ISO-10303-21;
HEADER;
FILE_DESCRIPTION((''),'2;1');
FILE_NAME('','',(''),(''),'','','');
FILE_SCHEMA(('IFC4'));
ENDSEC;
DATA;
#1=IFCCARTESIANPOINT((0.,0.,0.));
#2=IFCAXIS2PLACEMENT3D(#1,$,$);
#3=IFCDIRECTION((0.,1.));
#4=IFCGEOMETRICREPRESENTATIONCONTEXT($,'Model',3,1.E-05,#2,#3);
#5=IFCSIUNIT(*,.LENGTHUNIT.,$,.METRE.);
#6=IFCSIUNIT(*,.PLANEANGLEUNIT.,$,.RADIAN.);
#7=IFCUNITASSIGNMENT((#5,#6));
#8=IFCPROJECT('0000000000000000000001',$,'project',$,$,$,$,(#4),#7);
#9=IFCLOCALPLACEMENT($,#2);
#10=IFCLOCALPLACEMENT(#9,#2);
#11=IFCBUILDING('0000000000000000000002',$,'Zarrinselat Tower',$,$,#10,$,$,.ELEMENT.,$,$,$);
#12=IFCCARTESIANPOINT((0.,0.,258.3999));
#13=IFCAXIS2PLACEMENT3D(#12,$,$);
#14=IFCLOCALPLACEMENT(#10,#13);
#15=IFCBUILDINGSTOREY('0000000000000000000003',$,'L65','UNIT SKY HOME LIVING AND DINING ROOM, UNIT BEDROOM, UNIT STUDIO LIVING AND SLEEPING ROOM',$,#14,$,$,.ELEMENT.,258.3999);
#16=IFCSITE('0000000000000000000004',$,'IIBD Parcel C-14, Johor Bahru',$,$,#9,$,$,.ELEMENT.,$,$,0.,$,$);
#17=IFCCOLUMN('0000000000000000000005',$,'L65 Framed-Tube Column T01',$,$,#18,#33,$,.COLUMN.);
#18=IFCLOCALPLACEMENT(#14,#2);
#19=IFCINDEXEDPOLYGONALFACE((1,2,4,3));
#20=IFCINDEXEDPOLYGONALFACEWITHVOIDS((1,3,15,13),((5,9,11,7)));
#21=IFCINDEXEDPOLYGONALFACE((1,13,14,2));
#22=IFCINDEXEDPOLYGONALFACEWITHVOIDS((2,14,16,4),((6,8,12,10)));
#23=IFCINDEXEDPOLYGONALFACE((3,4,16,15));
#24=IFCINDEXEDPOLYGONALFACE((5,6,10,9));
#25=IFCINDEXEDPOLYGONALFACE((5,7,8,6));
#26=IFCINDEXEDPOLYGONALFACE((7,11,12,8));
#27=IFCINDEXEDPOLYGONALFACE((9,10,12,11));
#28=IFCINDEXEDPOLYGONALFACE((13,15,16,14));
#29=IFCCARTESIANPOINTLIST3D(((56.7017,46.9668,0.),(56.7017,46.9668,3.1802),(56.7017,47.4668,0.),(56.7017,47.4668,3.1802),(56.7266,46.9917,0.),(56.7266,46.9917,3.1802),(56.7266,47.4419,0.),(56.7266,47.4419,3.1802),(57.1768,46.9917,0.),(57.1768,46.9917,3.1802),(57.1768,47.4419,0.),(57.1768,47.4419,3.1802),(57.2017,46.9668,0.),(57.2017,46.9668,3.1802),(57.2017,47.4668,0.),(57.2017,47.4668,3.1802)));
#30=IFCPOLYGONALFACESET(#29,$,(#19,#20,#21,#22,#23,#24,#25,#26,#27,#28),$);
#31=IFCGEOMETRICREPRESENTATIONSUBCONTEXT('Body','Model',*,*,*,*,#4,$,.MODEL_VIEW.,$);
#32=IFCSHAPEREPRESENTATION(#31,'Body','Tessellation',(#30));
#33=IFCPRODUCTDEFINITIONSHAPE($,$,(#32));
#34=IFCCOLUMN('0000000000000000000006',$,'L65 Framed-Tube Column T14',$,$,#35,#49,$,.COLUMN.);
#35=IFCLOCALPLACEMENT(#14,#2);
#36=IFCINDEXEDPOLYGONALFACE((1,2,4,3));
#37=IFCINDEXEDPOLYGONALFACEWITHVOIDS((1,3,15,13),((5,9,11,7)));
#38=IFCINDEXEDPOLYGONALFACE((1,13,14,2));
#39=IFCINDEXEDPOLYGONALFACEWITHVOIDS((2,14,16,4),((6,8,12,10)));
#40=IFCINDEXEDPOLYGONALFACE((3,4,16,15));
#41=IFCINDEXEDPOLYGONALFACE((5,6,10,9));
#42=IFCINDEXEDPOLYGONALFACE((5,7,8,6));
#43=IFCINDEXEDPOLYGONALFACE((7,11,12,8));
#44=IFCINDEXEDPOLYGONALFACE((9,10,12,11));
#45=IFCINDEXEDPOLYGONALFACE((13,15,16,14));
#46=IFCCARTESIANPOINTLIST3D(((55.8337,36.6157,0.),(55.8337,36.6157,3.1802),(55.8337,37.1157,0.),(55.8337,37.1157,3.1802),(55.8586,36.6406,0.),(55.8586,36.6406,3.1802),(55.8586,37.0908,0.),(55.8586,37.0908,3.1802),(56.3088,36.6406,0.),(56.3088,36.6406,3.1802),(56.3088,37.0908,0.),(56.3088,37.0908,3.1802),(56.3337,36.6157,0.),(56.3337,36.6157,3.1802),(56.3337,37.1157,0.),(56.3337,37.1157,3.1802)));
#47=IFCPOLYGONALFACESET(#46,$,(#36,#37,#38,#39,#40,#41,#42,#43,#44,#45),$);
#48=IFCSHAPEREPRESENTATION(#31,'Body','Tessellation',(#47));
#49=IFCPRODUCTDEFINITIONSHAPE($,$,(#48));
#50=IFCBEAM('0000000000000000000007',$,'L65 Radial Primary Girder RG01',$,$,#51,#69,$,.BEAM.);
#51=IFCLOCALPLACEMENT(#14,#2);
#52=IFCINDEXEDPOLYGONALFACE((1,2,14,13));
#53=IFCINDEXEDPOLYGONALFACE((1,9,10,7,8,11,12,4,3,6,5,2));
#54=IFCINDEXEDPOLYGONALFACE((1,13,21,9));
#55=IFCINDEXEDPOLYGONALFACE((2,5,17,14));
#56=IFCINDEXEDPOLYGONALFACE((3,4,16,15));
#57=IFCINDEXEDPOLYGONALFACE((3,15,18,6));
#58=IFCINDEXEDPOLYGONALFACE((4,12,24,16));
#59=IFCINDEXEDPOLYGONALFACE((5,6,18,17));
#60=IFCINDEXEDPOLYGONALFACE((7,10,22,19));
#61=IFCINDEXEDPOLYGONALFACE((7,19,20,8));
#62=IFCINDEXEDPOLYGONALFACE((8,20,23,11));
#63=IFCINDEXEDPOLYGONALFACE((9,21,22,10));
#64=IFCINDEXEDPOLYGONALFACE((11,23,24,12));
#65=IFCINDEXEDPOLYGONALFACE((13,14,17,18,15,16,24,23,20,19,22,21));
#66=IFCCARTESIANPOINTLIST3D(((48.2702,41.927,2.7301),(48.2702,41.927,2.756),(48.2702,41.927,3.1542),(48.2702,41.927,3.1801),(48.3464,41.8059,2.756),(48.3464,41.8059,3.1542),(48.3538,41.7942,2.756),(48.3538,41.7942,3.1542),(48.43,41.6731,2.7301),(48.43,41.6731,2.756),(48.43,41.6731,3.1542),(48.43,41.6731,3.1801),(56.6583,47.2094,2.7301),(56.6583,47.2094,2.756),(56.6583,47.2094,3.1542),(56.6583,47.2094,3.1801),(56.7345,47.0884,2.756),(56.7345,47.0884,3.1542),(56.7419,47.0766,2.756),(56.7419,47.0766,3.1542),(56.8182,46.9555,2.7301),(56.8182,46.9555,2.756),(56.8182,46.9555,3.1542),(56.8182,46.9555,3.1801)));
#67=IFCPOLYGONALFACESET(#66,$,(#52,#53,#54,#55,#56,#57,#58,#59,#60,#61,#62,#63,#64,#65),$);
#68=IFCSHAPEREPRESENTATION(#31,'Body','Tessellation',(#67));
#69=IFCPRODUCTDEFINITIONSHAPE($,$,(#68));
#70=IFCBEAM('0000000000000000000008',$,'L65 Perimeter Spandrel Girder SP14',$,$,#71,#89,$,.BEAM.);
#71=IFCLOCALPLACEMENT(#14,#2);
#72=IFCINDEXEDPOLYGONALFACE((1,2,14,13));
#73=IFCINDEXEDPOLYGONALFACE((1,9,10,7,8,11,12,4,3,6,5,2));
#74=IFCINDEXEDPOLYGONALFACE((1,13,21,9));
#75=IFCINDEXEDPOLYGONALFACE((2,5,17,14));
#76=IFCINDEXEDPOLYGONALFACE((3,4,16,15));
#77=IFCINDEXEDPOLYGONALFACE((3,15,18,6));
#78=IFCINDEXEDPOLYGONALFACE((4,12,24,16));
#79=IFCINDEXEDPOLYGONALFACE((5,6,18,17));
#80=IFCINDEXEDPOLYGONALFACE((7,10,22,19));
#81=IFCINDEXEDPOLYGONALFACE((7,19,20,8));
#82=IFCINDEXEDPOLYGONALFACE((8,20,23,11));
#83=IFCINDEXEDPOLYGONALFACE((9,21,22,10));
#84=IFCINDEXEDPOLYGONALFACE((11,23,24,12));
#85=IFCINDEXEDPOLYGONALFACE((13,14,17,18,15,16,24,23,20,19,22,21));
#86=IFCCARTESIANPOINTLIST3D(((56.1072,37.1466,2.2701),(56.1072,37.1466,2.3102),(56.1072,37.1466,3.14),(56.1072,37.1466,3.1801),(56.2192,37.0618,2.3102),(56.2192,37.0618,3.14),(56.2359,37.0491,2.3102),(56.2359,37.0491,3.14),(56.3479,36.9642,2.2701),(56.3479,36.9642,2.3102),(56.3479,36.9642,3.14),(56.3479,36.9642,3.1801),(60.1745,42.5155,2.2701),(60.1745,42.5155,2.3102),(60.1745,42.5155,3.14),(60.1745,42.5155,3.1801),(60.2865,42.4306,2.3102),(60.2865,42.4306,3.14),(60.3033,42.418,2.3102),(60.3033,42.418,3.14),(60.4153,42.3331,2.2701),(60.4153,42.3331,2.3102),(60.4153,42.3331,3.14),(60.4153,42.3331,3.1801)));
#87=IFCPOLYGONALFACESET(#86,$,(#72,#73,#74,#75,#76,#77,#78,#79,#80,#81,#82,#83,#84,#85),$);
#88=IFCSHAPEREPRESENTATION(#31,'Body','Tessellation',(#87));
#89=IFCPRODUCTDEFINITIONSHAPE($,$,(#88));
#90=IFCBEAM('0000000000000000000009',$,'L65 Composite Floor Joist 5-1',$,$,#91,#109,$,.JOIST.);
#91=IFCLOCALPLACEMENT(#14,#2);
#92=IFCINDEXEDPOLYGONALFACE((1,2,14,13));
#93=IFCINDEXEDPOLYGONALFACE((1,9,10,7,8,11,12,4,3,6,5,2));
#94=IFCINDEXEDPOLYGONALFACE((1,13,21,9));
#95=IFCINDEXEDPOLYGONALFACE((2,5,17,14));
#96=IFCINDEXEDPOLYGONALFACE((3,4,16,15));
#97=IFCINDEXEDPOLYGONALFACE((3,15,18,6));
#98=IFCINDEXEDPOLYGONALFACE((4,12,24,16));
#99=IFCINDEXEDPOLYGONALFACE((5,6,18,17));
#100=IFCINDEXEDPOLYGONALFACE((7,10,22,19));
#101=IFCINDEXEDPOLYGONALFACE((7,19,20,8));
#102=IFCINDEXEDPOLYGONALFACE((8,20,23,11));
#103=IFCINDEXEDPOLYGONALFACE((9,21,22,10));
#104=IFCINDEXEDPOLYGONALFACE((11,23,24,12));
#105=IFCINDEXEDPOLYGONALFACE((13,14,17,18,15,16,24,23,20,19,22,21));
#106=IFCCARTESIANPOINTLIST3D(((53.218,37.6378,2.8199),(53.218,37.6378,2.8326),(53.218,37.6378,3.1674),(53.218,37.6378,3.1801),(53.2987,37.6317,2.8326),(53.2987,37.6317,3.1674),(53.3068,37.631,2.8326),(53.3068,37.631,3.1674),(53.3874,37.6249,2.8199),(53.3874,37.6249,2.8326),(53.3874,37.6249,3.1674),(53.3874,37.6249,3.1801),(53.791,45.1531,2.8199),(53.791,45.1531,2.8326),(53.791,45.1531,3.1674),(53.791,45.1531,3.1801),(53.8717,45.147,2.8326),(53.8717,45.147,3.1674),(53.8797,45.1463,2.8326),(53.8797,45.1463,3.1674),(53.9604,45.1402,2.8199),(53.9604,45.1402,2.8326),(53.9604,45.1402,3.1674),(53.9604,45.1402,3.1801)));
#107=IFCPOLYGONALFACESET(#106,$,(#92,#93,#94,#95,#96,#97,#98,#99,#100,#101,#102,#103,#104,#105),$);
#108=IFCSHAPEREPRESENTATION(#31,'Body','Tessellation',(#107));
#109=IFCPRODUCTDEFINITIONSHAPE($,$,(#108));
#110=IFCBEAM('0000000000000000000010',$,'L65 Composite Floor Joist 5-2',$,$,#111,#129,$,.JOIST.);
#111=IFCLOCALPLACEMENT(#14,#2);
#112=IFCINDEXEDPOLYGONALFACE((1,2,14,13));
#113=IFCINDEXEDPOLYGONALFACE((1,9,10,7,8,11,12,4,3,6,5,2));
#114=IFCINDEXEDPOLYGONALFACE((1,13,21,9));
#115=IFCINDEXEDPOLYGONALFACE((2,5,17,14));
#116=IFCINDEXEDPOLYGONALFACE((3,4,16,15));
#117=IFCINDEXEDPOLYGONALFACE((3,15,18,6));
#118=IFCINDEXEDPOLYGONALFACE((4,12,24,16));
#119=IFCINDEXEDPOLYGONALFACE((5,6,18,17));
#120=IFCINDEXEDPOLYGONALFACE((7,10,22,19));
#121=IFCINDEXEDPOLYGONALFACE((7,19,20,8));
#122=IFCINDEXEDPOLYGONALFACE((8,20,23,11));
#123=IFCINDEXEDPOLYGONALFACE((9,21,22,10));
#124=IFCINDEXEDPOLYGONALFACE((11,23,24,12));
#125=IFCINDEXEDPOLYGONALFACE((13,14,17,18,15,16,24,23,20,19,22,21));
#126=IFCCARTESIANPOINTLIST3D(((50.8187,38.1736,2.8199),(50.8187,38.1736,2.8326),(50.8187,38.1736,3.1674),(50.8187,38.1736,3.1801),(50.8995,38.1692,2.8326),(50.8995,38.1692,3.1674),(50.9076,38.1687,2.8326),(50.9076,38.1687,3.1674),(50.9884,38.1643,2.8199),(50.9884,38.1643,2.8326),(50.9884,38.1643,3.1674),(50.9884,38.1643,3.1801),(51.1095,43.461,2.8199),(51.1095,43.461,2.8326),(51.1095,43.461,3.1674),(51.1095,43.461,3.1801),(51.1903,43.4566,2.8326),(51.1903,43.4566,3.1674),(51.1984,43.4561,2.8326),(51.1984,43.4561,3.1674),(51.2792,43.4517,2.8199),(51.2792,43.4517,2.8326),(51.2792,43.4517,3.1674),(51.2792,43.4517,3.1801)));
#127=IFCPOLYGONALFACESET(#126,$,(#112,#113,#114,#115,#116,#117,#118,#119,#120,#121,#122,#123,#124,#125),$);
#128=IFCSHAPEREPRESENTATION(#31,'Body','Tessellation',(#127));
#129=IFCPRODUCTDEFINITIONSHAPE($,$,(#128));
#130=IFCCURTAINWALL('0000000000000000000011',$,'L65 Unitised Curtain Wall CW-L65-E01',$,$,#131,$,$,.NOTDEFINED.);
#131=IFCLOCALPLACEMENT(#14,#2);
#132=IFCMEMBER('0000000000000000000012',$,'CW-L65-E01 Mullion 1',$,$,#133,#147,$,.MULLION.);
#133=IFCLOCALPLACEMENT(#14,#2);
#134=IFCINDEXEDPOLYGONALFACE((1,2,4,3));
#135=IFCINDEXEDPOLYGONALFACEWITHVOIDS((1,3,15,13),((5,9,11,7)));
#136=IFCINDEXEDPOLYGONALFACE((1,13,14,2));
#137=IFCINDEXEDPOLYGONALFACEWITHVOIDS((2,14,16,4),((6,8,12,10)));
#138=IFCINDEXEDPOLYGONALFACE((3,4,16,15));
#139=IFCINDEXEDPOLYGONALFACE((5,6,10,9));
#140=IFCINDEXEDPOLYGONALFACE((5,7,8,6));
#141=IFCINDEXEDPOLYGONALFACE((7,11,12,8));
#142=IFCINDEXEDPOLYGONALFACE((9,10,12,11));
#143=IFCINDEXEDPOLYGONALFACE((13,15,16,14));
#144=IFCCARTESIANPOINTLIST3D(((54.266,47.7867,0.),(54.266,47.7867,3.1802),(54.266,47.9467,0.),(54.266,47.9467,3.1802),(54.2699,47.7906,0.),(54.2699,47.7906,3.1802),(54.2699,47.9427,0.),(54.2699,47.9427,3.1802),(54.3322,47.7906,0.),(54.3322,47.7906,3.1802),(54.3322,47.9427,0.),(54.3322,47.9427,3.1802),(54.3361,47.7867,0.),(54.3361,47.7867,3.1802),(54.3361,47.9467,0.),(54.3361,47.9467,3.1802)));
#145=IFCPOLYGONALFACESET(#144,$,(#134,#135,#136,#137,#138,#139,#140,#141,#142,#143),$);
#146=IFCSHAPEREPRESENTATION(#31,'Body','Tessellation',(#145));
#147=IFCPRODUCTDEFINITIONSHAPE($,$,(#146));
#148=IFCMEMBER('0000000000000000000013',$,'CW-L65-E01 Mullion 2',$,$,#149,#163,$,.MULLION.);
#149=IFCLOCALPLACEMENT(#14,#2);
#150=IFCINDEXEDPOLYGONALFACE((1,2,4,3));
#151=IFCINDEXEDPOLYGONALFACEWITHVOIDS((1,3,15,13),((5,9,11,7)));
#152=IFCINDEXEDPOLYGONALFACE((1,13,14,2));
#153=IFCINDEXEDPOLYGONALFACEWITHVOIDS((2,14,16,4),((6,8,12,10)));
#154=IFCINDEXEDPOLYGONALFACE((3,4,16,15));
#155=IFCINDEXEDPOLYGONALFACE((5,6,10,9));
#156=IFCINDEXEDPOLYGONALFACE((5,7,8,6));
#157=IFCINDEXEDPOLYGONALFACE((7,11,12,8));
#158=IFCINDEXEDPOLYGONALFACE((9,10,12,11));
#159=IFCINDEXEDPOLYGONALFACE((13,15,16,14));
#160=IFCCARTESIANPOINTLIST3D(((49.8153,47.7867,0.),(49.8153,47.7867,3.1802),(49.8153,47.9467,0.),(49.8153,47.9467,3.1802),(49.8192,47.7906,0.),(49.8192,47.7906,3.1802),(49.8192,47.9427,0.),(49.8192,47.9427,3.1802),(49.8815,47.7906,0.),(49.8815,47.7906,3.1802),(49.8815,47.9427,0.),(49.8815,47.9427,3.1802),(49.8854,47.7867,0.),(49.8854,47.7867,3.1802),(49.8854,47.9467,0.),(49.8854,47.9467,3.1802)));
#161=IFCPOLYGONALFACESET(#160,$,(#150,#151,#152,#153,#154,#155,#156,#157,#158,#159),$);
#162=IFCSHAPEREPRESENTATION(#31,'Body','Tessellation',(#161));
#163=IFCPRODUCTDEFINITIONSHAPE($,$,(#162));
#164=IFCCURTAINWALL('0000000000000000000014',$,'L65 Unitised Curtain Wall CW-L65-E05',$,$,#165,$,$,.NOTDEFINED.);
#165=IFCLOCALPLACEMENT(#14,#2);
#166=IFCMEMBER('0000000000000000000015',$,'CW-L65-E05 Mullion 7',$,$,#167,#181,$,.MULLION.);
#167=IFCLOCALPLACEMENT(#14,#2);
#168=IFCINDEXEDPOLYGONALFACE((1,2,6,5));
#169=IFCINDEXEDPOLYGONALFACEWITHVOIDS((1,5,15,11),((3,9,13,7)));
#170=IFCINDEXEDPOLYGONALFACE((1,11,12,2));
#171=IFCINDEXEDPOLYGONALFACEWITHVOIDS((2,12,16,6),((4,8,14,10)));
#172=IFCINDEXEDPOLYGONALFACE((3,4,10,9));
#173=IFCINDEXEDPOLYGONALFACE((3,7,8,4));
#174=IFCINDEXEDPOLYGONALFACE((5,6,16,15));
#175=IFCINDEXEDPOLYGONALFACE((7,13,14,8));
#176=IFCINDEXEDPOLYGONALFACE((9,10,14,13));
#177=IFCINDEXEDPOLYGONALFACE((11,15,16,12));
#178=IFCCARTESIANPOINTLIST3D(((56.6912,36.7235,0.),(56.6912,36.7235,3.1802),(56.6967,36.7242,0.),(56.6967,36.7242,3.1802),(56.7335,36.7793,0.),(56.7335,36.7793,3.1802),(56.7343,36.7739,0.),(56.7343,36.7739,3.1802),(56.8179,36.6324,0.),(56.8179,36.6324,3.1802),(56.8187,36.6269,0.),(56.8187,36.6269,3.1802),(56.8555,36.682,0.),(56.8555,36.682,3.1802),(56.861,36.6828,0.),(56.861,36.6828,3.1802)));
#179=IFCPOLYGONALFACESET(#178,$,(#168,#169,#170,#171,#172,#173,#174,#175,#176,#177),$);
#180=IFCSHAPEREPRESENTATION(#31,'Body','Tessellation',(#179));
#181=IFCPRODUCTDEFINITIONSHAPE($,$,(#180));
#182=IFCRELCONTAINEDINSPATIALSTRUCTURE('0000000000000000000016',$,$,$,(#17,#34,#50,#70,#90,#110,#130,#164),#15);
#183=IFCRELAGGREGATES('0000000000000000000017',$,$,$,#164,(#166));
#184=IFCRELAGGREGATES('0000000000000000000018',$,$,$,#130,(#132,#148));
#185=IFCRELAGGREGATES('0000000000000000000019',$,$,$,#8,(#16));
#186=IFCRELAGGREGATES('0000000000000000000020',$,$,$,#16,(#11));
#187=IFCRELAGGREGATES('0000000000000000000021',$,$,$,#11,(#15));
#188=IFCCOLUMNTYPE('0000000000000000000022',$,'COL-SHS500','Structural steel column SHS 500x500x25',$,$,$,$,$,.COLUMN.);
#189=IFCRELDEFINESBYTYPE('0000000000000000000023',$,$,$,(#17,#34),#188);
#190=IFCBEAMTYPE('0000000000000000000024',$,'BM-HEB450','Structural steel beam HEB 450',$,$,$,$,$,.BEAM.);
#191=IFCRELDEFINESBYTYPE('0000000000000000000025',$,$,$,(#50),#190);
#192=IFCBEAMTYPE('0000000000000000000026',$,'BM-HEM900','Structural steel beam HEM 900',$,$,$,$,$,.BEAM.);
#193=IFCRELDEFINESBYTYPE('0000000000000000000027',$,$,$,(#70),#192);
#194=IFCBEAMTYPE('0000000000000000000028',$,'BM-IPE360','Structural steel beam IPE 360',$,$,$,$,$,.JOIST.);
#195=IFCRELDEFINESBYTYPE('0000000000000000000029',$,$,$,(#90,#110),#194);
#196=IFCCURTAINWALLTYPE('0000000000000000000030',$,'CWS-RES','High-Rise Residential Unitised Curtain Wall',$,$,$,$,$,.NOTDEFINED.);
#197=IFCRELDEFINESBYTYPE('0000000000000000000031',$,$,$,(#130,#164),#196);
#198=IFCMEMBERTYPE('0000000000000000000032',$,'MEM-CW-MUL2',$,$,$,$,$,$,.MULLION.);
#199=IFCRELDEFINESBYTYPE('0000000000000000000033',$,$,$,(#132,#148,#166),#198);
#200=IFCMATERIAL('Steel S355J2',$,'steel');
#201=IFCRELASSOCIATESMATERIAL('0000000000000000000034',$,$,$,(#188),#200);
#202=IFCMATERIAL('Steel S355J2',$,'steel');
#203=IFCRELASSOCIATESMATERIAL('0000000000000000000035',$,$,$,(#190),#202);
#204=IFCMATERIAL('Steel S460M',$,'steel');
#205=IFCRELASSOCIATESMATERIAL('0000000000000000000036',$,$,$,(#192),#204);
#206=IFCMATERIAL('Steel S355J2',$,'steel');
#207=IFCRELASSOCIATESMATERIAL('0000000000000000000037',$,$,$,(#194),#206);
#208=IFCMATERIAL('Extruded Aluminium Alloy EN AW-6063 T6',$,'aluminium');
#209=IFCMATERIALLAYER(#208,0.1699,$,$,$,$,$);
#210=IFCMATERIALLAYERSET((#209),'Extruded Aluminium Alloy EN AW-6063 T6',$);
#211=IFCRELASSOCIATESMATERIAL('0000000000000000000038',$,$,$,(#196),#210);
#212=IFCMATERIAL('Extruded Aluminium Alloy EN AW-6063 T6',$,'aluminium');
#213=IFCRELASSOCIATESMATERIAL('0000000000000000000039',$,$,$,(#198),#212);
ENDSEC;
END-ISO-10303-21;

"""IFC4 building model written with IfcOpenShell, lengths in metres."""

from ifc_helpers import new_model, si_unit, direction, frame, origin, origin_2d, place, context, subcontext, project, spatial, hollow_rectangle, i_section, extrude, material, layer, layer_set, material_profile, profile_set, type_object, element, aggregate, save


model = new_model("IFC4")

# Units and contexts
model_context = context("Model", 3, precision=1e-05, world=origin(), true_north=direction((0.0, 1.0)))
body_context = subcontext(model_context, "Body", "Model", "MODEL_VIEW")
ifc_project = project(units=[si_unit("LENGTHUNIT", "METRE"), si_unit("PLANEANGLEUNIT", "RADIAN")], contexts=[model_context])

# Site, building, storey
site_placement = place(None, origin())
site = spatial("IfcSite", under=ifc_project, at=site_placement, Name="IIBD Parcel C-14, Johor Bahru", CompositionType="ELEMENT", RefElevation=0.0)
building_placement = place(site_placement, origin())
building = spatial("IfcBuilding", under=site, at=building_placement, Name="Zarrinselat Tower", CompositionType="ELEMENT")
storey_placement = place(building_placement, frame((0.0, 0.0, 258.3999)))
storey = spatial("IfcBuildingStorey", under=building, at=storey_placement, Name="L65", Description="UNIT SKY HOME LIVING AND DINING ROOM, UNIT BEDROOM, UNIT STUDIO LIVING AND SLEEPING ROOM", CompositionType="ELEMENT", Elevation=258.3999)

# Columns
ifc_material_1 = material(Name="Steel S355J2", Category="steel")
ifc_material_profile_1 = material_profile(ifc_material_1, hollow_rectangle(XDim=0.5, YDim=0.5, WallThickness=0.0249, at=origin_2d()), Name="SHS 500x500x25")
ifc_profile_set_1 = profile_set([ifc_material_profile_1], Name="Steel S355J2")
column_type = type_object("IfcColumnType", Name="COL-SHS500", Description="Structural steel column SHS 500x500x25", PredefinedType="COLUMN", material=ifc_profile_set_1)
for number, where, z_axis, x_axis, name in (
    (1, (56.9517, 47.2168, 0.0), (0.0, 0.0, 1.0), (1.0, 0.0, 0.0), "L65 Framed-Tube Column T01"),
    (2, (56.0837, 36.8657, 0.0), (0.0, 0.0, 1.0), (1.0, 0.0, 0.0), "L65 Framed-Tube Column T14"),
):
    element("IfcColumn", number, at=place(storey_placement, frame(where, z_axis=z_axis, x_axis=x_axis)), inside=storey, type_object=column_type, Name=name, PredefinedType="COLUMN", context=body_context, shape_type="SweptSolid", body=[
        extrude(hollow_rectangle(XDim=0.5, YDim=0.5, WallThickness=0.0249, at=origin_2d()), origin(), (0.0, 0.0, 1.0), 3.1802),
    ])

# Beams
ifc_material_2 = material(Name="Steel S355J2", Category="steel")
ifc_material_profile_2 = material_profile(ifc_material_2, i_section(OverallWidth=0.3, OverallDepth=0.45, WebThickness=0.0139, FlangeThickness=0.0259, at=origin_2d()), Name="HEB 450")
ifc_profile_set_2 = profile_set([ifc_material_profile_2], Name="Steel S355J2")
beam_type_1 = type_object("IfcBeamType", Name="BM-HEB450", Description="Structural steel beam HEB 450", PredefinedType="BEAM", material=ifc_profile_set_2)
beam_1_placement = place(storey_placement, frame((48.3501, 41.8, 2.9551), z_axis=(0.846186, 0.532887, 0.0), x_axis=(-0.532887, 0.846186, 0.0)))
element("IfcBeam", 3, at=beam_1_placement, inside=storey, type_object=beam_type_1, Name="L65 Radial Primary Girder RG01", PredefinedType="BEAM", context=body_context, shape_type="SweptSolid", body=[
    extrude(i_section(OverallWidth=0.3, OverallDepth=0.45, WebThickness=0.0139, FlangeThickness=0.0259, at=origin_2d()), origin(), (0.0, 0.0, 1.0), 9.9128),
])
ifc_material_3 = material(Name="Steel S460M", Category="steel")
ifc_material_profile_3 = material_profile(ifc_material_3, i_section(OverallWidth=0.302, OverallDepth=0.9099, WebThickness=0.021, FlangeThickness=0.04, at=origin_2d()), Name="HEM 900")
ifc_profile_set_3 = profile_set([ifc_material_profile_3], Name="Steel S460M")
beam_type_2 = type_object("IfcBeamType", Name="BM-HEM900", Description="Structural steel beam HEM 900", PredefinedType="BEAM", material=ifc_profile_set_3)
beam_2_placement = place(storey_placement, frame((56.2275, 37.0554, 2.7251), z_axis=(0.603861, 0.79709, 0.0), x_axis=(-0.79709, 0.603861, 0.0)))
element("IfcBeam", 4, at=beam_2_placement, inside=storey, type_object=beam_type_2, Name="L65 Perimeter Spandrel Girder SP14", PredefinedType="BEAM", context=body_context, shape_type="SweptSolid", body=[
    extrude(i_section(OverallWidth=0.302, OverallDepth=0.9099, WebThickness=0.021, FlangeThickness=0.04, at=origin_2d()), origin(), (0.0, 0.0, 1.0), 6.7356),
])
ifc_material_4 = material(Name="Steel S355J2", Category="steel")
ifc_material_profile_4 = material_profile(ifc_material_4, i_section(OverallWidth=0.1699, OverallDepth=0.3601, WebThickness=0.0081, FlangeThickness=0.0127, at=origin_2d()), Name="IPE 360")
ifc_profile_set_4 = profile_set([ifc_material_profile_4], Name="Steel S355J2")
beam_type_3 = type_object("IfcBeamType", Name="BM-IPE360", Description="Structural steel beam IPE 360", PredefinedType="JOIST", material=ifc_profile_set_4)
beam_3_placement = place(storey_placement, frame((53.3027, 37.6313, 3.0), z_axis=(0.076023, 0.997106, 0.0), x_axis=(-0.997106, 0.076023, 0.0)))
element("IfcBeam", 5, at=beam_3_placement, inside=storey, type_object=beam_type_3, Name="L65 Composite Floor Joist 5-1", PredefinedType="JOIST", context=body_context, shape_type="SweptSolid", body=[
    extrude(i_section(OverallWidth=0.1699, OverallDepth=0.3601, WebThickness=0.0081, FlangeThickness=0.0127, at=origin_2d()), origin(), (0.0, 0.0, 1.0), 7.5371),
])
beam_4_placement = place(storey_placement, frame((50.9036, 38.1689, 3.0), z_axis=(0.054911, 0.998491, 0.0), x_axis=(-0.998491, 0.054911, 0.0)))
element("IfcBeam", 6, at=beam_4_placement, inside=storey, type_object=beam_type_3, Name="L65 Composite Floor Joist 5-2", PredefinedType="JOIST", context=body_context, shape_type="SweptSolid", body=[
    extrude(i_section(OverallWidth=0.1699, OverallDepth=0.3601, WebThickness=0.0081, FlangeThickness=0.0127, at=origin_2d()), origin(), (0.0, 0.0, 1.0), 5.2954),
])

# Curtain wall, members
ifc_material_5 = material(Name="Extruded Aluminium Alloy EN AW-6063 T6", Category="aluminium")
ifc_layer_1 = layer(ifc_material_5, 0.1699)
ifc_layer_set_1 = layer_set([ifc_layer_1], Name="Extruded Aluminium Alloy EN AW-6063 T6")
curtain_wall_type = type_object("IfcCurtainWallType", Name="CWS-RES", Description="High-Rise Residential Unitised Curtain Wall", PredefinedType="NOTDEFINED", material=ifc_layer_set_1)
curtain_wall_1_placement = place(storey_placement, origin())
curtain_wall_1 = element("IfcCurtainWall", 7, at=curtain_wall_1_placement, inside=storey, type_object=curtain_wall_type, Name="L65 Unitised Curtain Wall CW-L65-E01", PredefinedType="NOTDEFINED")
ifc_material_6 = material(Name="Extruded Aluminium Alloy EN AW-6063 T6", Category="aluminium")
ifc_material_profile_5 = material_profile(ifc_material_6, hollow_rectangle(XDim=0.0701, YDim=0.1599, WallThickness=0.0039, at=origin_2d()), Name="RHS 160x70x4")
ifc_profile_set_5 = profile_set([ifc_material_profile_5], Name="Extruded Aluminium Alloy EN AW-6063 T6")
member_type_1 = type_object("IfcMemberType", Name="MEM-CW-MUL2", PredefinedType="MULLION", material=ifc_profile_set_5)
member_1_placement = place(storey_placement, frame((54.301, 47.8667, 0.0), z_axis=(0.0, 0.0, 1.0), x_axis=(-1.0, 0.0, 0.0)))
member_1 = element("IfcMember", 8, at=member_1_placement, type_object=member_type_1, Name="CW-L65-E01 Mullion 1", PredefinedType="MULLION", context=body_context, shape_type="SweptSolid", body=[
    extrude(hollow_rectangle(XDim=0.0701, YDim=0.1599, WallThickness=0.0039, at=origin_2d()), origin(), (0.0, 0.0, 1.0), 3.1802),
])
member_2_placement = place(storey_placement, frame((49.8503, 47.8667, 0.0), z_axis=(0.0, 0.0, 1.0), x_axis=(-1.0, 0.0, 0.0)))
member_2 = element("IfcMember", 9, at=member_2_placement, type_object=member_type_1, Name="CW-L65-E01 Mullion 2", PredefinedType="MULLION", context=body_context, shape_type="SweptSolid", body=[
    extrude(hollow_rectangle(XDim=0.0701, YDim=0.1599, WallThickness=0.0039, at=origin_2d()), origin(), (0.0, 0.0, 1.0), 3.1802),
])

# Curtain wall, member
curtain_wall_2_placement = place(storey_placement, origin())
curtain_wall_2 = element("IfcCurtainWall", 10, at=curtain_wall_2_placement, inside=storey, type_object=curtain_wall_type, Name="L65 Unitised Curtain Wall CW-L65-E05", PredefinedType="NOTDEFINED")
member_3_placement = place(storey_placement, frame((56.7761, 36.7031, 0.0), z_axis=(0.0, 0.0, 1.0), x_axis=(0.60386, 0.797091, 0.0)))
member_3 = element("IfcMember", 11, at=member_3_placement, type_object=member_type_1, Name="CW-L65-E05 Mullion 7", PredefinedType="MULLION", context=body_context, shape_type="SweptSolid", body=[
    extrude(hollow_rectangle(XDim=0.0701, YDim=0.1599, WallThickness=0.0039, at=origin_2d()), origin(), (0.0, 0.0, 1.0), 3.1802),
])
aggregate(curtain_wall_2, [member_3])

aggregate(curtain_wall_1, [member_1, member_2])

save(model, "model.ifc")
